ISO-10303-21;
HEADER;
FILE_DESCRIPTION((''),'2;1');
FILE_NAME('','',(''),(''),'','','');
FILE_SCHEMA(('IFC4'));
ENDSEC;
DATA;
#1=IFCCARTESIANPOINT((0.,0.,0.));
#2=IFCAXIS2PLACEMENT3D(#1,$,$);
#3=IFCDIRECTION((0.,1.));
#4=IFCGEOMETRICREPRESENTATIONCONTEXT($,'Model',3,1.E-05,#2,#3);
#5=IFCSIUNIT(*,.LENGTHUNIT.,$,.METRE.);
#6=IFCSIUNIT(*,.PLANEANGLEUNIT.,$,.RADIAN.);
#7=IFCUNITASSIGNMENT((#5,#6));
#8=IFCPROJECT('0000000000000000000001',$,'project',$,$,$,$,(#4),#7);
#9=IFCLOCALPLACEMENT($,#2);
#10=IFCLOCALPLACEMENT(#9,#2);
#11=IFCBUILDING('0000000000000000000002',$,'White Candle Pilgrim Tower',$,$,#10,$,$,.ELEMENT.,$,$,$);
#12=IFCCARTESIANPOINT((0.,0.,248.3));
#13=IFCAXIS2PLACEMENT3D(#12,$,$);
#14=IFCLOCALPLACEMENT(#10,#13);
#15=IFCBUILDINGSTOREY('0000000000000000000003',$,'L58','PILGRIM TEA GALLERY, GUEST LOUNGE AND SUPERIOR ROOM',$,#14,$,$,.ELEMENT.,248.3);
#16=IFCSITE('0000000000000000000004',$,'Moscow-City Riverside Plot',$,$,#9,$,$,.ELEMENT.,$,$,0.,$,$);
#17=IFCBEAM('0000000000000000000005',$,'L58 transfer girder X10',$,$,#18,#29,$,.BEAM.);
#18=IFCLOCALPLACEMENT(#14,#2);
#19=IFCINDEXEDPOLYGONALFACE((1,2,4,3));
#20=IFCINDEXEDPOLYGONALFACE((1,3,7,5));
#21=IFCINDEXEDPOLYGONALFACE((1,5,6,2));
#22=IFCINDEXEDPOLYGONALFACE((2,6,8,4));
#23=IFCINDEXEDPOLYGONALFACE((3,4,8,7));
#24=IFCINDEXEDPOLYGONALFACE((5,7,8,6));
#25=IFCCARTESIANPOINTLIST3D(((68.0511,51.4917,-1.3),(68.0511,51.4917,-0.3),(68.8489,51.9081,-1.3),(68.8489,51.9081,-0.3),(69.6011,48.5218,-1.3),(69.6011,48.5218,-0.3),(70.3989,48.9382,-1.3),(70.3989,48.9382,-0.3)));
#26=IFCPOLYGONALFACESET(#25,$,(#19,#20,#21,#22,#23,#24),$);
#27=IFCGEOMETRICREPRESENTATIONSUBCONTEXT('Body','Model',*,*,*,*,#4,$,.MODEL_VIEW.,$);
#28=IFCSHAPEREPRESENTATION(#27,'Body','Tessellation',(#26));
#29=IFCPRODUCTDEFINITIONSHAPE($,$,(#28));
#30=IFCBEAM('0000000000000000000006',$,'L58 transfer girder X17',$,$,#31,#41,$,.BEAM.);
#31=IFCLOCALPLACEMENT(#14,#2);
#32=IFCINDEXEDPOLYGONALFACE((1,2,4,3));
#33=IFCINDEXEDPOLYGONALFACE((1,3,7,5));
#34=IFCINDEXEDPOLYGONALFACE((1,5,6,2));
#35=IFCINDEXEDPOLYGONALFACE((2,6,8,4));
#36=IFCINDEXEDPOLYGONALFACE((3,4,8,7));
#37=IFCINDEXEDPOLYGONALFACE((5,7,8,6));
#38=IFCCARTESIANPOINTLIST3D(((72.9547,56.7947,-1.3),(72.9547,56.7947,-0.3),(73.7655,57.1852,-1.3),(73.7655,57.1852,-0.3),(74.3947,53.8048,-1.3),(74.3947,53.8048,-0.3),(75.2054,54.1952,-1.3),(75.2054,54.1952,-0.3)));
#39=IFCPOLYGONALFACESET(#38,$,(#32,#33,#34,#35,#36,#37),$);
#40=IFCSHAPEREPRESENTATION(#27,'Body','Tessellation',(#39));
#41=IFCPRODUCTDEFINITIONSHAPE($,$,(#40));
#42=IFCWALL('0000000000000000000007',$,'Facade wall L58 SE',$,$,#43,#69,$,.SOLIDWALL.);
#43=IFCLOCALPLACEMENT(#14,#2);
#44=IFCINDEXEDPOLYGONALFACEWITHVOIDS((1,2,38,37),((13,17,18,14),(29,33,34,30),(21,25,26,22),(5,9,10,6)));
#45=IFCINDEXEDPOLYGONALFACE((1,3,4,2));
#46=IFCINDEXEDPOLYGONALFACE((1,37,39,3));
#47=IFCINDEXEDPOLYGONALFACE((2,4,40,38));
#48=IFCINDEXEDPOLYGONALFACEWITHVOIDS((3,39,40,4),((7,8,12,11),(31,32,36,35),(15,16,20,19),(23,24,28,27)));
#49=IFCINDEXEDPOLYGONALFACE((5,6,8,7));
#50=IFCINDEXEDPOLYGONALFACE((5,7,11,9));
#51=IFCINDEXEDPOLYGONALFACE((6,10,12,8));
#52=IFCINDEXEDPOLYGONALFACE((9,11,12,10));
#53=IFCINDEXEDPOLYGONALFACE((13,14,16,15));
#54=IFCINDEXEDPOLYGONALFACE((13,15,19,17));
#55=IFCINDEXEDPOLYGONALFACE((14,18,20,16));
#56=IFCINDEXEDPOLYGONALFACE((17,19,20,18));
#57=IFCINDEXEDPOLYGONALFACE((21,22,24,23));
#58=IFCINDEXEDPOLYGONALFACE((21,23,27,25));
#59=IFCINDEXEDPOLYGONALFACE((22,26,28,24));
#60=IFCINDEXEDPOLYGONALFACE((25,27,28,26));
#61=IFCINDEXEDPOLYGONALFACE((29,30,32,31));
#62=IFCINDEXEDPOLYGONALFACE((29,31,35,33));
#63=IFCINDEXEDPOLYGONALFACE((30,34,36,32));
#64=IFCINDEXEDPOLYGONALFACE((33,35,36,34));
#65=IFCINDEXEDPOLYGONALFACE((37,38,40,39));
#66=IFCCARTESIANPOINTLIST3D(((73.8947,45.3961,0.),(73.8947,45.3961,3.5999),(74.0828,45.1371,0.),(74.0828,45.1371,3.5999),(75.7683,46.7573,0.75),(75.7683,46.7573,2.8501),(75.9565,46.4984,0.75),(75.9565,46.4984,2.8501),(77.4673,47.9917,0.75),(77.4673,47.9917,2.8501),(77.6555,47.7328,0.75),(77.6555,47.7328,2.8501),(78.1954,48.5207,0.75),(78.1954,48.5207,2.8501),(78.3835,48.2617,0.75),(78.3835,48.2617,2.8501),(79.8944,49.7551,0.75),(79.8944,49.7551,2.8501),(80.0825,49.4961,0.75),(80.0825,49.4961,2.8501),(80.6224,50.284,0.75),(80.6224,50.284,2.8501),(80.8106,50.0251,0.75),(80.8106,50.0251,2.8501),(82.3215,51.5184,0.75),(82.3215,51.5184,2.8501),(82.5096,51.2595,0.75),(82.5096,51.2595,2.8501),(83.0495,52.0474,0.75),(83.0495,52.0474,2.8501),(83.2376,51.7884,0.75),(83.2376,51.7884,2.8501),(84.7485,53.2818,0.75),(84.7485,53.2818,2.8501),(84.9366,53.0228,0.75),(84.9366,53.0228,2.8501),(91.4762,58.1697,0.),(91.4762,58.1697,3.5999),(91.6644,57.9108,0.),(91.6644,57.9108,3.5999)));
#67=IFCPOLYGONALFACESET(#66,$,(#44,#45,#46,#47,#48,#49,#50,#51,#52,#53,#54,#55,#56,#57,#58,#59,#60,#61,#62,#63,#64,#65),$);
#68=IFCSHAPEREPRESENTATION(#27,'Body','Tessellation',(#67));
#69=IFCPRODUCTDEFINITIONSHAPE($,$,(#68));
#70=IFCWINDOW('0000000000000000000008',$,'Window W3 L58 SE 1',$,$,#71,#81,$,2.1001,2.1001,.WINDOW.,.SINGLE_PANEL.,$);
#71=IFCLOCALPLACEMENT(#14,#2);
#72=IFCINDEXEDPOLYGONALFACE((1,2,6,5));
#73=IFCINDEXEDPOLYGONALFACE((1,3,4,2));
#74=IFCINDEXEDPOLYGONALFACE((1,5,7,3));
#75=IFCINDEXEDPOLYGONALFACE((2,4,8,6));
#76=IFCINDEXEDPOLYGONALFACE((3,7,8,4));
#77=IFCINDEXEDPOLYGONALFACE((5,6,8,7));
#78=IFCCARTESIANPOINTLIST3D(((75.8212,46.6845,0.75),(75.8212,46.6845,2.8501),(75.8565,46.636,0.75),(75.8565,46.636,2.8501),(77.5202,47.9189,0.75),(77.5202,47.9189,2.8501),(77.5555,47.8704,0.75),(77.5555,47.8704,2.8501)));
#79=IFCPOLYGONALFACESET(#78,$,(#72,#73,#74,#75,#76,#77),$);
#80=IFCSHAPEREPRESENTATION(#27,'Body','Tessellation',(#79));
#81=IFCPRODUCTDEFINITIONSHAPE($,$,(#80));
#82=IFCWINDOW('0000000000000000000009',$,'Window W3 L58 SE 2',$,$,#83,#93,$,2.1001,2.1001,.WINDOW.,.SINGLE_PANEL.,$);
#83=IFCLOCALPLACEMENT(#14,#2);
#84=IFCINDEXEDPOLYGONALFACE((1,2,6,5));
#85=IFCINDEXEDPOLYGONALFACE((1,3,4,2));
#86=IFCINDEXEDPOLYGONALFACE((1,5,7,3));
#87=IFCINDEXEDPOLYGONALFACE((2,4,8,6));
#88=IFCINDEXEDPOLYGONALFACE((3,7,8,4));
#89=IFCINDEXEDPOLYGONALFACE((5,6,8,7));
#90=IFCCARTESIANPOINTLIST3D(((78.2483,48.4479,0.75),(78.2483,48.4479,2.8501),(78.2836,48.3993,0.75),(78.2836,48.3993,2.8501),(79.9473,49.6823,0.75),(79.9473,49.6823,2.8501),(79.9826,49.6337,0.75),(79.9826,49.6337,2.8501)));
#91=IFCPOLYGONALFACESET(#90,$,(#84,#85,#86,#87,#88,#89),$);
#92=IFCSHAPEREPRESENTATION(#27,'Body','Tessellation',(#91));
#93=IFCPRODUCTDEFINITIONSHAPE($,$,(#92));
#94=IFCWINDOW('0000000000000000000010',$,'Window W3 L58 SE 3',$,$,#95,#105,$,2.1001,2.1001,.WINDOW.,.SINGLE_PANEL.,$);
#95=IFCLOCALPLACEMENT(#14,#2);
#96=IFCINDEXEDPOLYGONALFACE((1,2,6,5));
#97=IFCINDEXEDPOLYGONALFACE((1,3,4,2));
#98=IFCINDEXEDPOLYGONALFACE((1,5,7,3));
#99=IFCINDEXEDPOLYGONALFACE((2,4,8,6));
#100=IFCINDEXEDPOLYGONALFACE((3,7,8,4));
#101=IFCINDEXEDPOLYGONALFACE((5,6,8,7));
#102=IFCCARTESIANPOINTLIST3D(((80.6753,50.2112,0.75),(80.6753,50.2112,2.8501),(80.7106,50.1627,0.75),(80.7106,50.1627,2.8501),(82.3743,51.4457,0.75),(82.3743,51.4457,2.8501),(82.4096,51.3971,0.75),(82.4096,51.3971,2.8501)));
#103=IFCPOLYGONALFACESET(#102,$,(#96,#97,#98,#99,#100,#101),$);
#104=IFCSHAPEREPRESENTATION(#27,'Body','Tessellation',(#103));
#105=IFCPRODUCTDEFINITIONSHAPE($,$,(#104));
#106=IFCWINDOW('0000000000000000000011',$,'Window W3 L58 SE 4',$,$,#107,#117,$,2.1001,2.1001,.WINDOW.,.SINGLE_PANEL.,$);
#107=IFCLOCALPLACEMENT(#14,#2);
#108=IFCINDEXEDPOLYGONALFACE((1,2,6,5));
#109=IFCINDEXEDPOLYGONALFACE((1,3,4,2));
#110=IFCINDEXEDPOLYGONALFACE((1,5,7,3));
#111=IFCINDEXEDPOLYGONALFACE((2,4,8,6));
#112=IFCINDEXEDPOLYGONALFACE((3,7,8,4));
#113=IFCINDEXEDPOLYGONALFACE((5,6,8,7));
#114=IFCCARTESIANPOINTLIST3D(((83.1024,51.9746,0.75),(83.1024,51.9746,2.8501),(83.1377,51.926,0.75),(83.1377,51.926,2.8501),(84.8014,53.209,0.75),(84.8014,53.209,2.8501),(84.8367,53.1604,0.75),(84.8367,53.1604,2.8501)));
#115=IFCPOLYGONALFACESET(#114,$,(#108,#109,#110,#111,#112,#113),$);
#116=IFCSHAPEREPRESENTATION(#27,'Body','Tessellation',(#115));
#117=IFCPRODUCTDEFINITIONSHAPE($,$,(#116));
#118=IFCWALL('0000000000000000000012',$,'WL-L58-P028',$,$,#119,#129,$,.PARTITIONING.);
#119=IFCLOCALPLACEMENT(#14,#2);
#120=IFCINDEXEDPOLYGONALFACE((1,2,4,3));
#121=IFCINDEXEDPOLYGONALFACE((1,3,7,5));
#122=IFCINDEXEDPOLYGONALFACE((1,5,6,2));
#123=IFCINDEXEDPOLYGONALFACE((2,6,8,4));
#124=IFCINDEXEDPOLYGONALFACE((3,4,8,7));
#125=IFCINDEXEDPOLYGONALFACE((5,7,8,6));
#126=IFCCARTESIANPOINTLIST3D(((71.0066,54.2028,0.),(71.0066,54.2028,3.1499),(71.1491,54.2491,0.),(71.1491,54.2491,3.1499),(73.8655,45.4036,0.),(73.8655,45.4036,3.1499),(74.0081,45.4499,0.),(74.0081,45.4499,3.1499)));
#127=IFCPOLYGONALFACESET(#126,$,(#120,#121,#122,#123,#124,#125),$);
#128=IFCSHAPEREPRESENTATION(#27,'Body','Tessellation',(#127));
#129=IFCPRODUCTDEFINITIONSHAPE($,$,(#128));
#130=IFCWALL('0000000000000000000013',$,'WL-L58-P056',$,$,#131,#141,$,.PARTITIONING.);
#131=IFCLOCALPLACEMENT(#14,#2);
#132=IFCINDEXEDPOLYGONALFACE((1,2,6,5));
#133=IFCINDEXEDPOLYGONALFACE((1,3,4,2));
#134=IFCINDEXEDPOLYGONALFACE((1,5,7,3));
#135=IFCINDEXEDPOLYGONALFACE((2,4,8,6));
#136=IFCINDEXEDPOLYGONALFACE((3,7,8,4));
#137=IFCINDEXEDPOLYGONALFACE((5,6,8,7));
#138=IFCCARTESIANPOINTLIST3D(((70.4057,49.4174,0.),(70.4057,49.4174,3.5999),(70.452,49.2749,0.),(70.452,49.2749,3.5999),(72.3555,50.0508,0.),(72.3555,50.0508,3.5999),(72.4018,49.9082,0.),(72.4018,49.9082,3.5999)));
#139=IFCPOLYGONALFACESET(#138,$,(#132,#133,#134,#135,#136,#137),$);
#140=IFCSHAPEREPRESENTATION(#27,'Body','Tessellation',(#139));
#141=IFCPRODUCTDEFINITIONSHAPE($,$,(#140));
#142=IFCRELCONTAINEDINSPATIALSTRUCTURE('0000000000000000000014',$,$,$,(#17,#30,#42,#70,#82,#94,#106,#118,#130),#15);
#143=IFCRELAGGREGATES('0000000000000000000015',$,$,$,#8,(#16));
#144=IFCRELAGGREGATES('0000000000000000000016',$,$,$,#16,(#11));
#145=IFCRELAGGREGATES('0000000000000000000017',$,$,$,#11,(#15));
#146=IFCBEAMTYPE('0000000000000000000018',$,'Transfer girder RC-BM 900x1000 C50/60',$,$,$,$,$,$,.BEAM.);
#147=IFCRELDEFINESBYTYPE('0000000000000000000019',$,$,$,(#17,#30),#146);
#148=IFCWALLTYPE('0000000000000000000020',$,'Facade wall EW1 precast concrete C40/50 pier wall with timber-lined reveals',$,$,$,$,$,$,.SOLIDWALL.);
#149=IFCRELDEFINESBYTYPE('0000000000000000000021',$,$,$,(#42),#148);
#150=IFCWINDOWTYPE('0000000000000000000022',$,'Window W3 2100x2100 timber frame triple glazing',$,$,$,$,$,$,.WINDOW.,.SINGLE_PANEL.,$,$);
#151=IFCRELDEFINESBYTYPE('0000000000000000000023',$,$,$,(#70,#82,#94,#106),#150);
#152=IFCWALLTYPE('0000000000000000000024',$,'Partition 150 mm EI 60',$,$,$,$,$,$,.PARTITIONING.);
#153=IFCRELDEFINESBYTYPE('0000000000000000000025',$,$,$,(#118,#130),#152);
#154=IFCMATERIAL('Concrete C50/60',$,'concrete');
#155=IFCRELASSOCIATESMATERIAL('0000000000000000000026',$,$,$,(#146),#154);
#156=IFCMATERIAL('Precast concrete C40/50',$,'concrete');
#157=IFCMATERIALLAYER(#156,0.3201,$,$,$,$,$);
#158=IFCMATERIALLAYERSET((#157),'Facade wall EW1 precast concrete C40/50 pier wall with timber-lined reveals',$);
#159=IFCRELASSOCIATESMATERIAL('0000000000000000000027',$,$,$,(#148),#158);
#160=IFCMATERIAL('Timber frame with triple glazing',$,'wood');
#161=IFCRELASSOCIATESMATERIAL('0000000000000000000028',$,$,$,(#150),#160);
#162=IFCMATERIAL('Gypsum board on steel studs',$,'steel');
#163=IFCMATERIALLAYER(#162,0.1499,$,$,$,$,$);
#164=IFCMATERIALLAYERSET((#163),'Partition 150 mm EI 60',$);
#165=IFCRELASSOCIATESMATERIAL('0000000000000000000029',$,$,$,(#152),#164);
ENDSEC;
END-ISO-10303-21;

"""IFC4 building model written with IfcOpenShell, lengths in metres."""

from ifc_helpers import new_model, si_unit, direction, frame, frame_2d, origin, origin_2d, place, context, subcontext, project, spatial, rectangle, extrude, material, layer, layer_set, material_profile, profile_set, type_object, element, fill, save


model = new_model("IFC4")

# Units and contexts
model_context = context("Model", 3, precision=1e-05, world=origin(), true_north=direction((0.0, 1.0)))
body_context = subcontext(model_context, "Body", "Model", "MODEL_VIEW")
ifc_project = project(units=[si_unit("LENGTHUNIT", "METRE"), si_unit("PLANEANGLEUNIT", "RADIAN")], contexts=[model_context])

# Site, building, storey
site_placement = place(None, origin())
site = spatial("IfcSite", under=ifc_project, at=site_placement, Name="Moscow-City Riverside Plot", CompositionType="ELEMENT", RefElevation=0.0)
building_placement = place(site_placement, origin())
building = spatial("IfcBuilding", under=site, at=building_placement, Name="White Candle Pilgrim Tower", CompositionType="ELEMENT")
storey_placement = place(building_placement, frame((0.0, 0.0, 248.3)))
storey = spatial("IfcBuildingStorey", under=building, at=storey_placement, Name="L58", Description="PILGRIM TEA GALLERY, GUEST LOUNGE AND SUPERIOR ROOM", CompositionType="ELEMENT", Elevation=248.3)

# Beams
ifc_material_1 = material(Name="Concrete C50/60", Category="concrete")
ifc_material_profile_1 = material_profile(ifc_material_1, rectangle(XDim=0.8999, YDim=1.0, at=origin_2d()), Name="RC-BM 900x1000")
ifc_profile_set_1 = profile_set([ifc_material_profile_1], Name="Concrete C50/60")
beam_type_1 = type_object("IfcBeamType", Name="Transfer girder RC-BM 900x1000 C50/60", PredefinedType="BEAM", material=ifc_profile_set_1)
beam_1_placement = place(storey_placement, frame((70.0, 48.73, -0.8), z_axis=(-0.462683, 0.886524, 0.0), x_axis=(-0.886524, -0.462683, 0.0)))
element("IfcBeam", 1, at=beam_1_placement, inside=storey, type_object=beam_type_1, Name="L58 transfer girder X10", PredefinedType="BEAM", context=body_context, shape_type="SweptSolid", body=[
    extrude(rectangle(XDim=0.8999, YDim=1.0, at=origin_2d()), origin(), (0.0, 0.0, 1.0), 3.3501),
])
beam_2_placement = place(storey_placement, frame((74.8, 54.0, -0.8), z_axis=(-0.433893, 0.900964, 0.0), x_axis=(-0.900964, -0.433893, 0.0)))
element("IfcBeam", 2, at=beam_2_placement, inside=storey, type_object=beam_type_1, Name="L58 transfer girder X17", PredefinedType="BEAM", context=body_context, shape_type="SweptSolid", body=[
    extrude(rectangle(XDim=0.8999, YDim=1.0, at=origin_2d()), origin(), (0.0, 0.0, 1.0), 3.3186),
])

# Wall, openings, windows
ifc_material_2 = material(Name="Precast concrete C40/50", Category="concrete")
ifc_layer_1 = layer(ifc_material_2, 0.3201)
ifc_layer_set_1 = layer_set([ifc_layer_1], Name="Facade wall EW1 precast concrete C40/50 pier wall with timber-lined reveals")
wall_type_1 = type_object("IfcWallType", Name="Facade wall EW1 precast concrete C40/50 pier wall with timber-lined reveals", PredefinedType="SOLIDWALL", material=ifc_layer_set_1)
wall_1_placement = place(storey_placement, frame((73.9888, 45.2666, 0.0), z_axis=(0.0, 0.0, 1.0), x_axis=(0.809018, 0.587784, 0.0)))
wall_1 = element("IfcWall", 3, at=wall_1_placement, inside=storey, type_object=wall_type_1, Name="Facade wall L58 SE", PredefinedType="SOLIDWALL", context=body_context, shape_type="SweptSolid", body=[
    extrude(rectangle(XDim=21.7319, YDim=0.3201, at=frame_2d((10.866, 0.0))), origin(), (0.0, 0.0, 1.0), 3.5999),
])
opening_1_placement = place(wall_1_placement, frame((2.3159, 0.0, 0.75)))
opening_1 = element("IfcOpeningElement", 4, at=opening_1_placement, cuts=wall_1, PredefinedType="OPENING", context=body_context, shape_type="SweptSolid", body=[
    extrude(rectangle(XDim=2.1001, YDim=2.1001, at=frame_2d((1.05, 1.05))), frame((0.0, 0.1699, 0.0), z_axis=(0.0, -1.0, 0.0), x_axis=(1.0, 0.0, 0.0)), (0.0, 0.0, 1.0), 0.3401),
])
opening_2_placement = place(wall_1_placement, frame((5.3159, 0.0, 0.75)))
opening_2 = element("IfcOpeningElement", 5, at=opening_2_placement, cuts=wall_1, PredefinedType="OPENING", context=body_context, shape_type="SweptSolid", body=[
    extrude(rectangle(XDim=2.1001, YDim=2.1001, at=frame_2d((1.05, 1.05))), frame((0.0, 0.1699, 0.0), z_axis=(0.0, -1.0, 0.0), x_axis=(1.0, 0.0, 0.0)), (0.0, 0.0, 1.0), 0.3401),
])
opening_3_placement = place(wall_1_placement, frame((8.3159, 0.0, 0.75)))
opening_3 = element("IfcOpeningElement", 6, at=opening_3_placement, cuts=wall_1, PredefinedType="OPENING", context=body_context, shape_type="SweptSolid", body=[
    extrude(rectangle(XDim=2.1001, YDim=2.1001, at=frame_2d((1.05, 1.05))), frame((0.0, 0.1699, 0.0), z_axis=(0.0, -1.0, 0.0), x_axis=(1.0, 0.0, 0.0)), (0.0, 0.0, 1.0), 0.3401),
])
opening_4_placement = place(wall_1_placement, frame((11.3159, 0.0, 0.75)))
opening_4 = element("IfcOpeningElement", 7, at=opening_4_placement, cuts=wall_1, PredefinedType="OPENING", context=body_context, shape_type="SweptSolid", body=[
    extrude(rectangle(XDim=2.1001, YDim=2.1001, at=frame_2d((1.05, 1.05))), frame((0.0, 0.1699, 0.0), z_axis=(0.0, -1.0, 0.0), x_axis=(1.0, 0.0, 0.0)), (0.0, 0.0, 1.0), 0.3401),
])
ifc_material_3 = material(Name="Timber frame with triple glazing", Category="wood")
window_type = type_object("IfcWindowType", Name="Window W3 2100x2100 timber frame triple glazing", PartitioningType="SINGLE_PANEL", PredefinedType="WINDOW", material=ifc_material_3)
window_1_placement = place(opening_1_placement, origin())
window_1 = element("IfcWindow", 8, at=window_1_placement, inside=storey, type_object=window_type, Name="Window W3 L58 SE 1", OverallHeight=2.1001, OverallWidth=2.1001, PartitioningType="SINGLE_PANEL", PredefinedType="WINDOW", context=body_context, shape_type="SweptSolid", body=[
    extrude(rectangle(XDim=2.1001, YDim=2.1001, at=frame_2d((1.05, 1.05))), frame((0.0, 0.0701, 0.0), z_axis=(0.0, -1.0, 0.0), x_axis=(1.0, 0.0, 0.0)), (0.0, 0.0, 1.0), 0.0601),
])
fill(opening_1, window_1)
window_2_placement = place(opening_2_placement, origin())
window_2 = element("IfcWindow", 9, at=window_2_placement, inside=storey, type_object=window_type, Name="Window W3 L58 SE 2", OverallHeight=2.1001, OverallWidth=2.1001, PartitioningType="SINGLE_PANEL", PredefinedType="WINDOW", context=body_context, shape_type="SweptSolid", body=[
    extrude(rectangle(XDim=2.1001, YDim=2.1001, at=frame_2d((1.05, 1.05))), frame((0.0, 0.0701, 0.0), z_axis=(0.0, -1.0, 0.0), x_axis=(1.0, 0.0, 0.0)), (0.0, 0.0, 1.0), 0.0601),
])
fill(opening_2, window_2)
window_3_placement = place(opening_3_placement, origin())
window_3 = element("IfcWindow", 10, at=window_3_placement, inside=storey, type_object=window_type, Name="Window W3 L58 SE 3", OverallHeight=2.1001, OverallWidth=2.1001, PartitioningType="SINGLE_PANEL", PredefinedType="WINDOW", context=body_context, shape_type="SweptSolid", body=[
    extrude(rectangle(XDim=2.1001, YDim=2.1001, at=frame_2d((1.05, 1.05))), frame((0.0, 0.0701, 0.0), z_axis=(0.0, -1.0, 0.0), x_axis=(1.0, 0.0, 0.0)), (0.0, 0.0, 1.0), 0.0601),
])
fill(opening_3, window_3)
window_4_placement = place(opening_4_placement, origin())
window_4 = element("IfcWindow", 11, at=window_4_placement, inside=storey, type_object=window_type, Name="Window W3 L58 SE 4", OverallHeight=2.1001, OverallWidth=2.1001, PartitioningType="SINGLE_PANEL", PredefinedType="WINDOW", context=body_context, shape_type="SweptSolid", body=[
    extrude(rectangle(XDim=2.1001, YDim=2.1001, at=frame_2d((1.05, 1.05))), frame((0.0, 0.0701, 0.0), z_axis=(0.0, -1.0, 0.0), x_axis=(1.0, 0.0, 0.0)), (0.0, 0.0, 1.0), 0.0601),
])
fill(opening_4, window_4)

# Walls
ifc_material_4 = material(Name="Gypsum board on steel studs", Category="steel")
ifc_layer_2 = layer(ifc_material_4, 0.1499)
ifc_layer_set_2 = layer_set([ifc_layer_2], Name="Partition 150 mm EI 60")
wall_type_2 = type_object("IfcWallType", Name="Partition 150 mm EI 60", PredefinedType="PARTITIONING", material=ifc_layer_set_2)
wall_2_placement = place(storey_placement, frame((73.9368, 45.4268, 0.0), z_axis=(0.0, 0.0, 1.0), x_axis=(-0.309007, 0.95106, 0.0)))
element("IfcWall", 12, at=wall_2_placement, inside=storey, type_object=wall_type_2, Name="WL-L58-P028", PredefinedType="PARTITIONING", context=body_context, shape_type="SweptSolid", body=[
    extrude(rectangle(XDim=9.252, YDim=0.1499, at=frame_2d((4.626, 0.0))), origin(), (0.0, 0.0, 1.0), 3.1499),
])
wall_3_placement = place(storey_placement, frame((70.429, 49.3462, 0.0), z_axis=(0.0, 0.0, 1.0), x_axis=(0.951085, 0.30893, 0.0)))
element("IfcWall", 13, at=wall_3_placement, inside=storey, type_object=wall_type_2, Name="WL-L58-P056", PredefinedType="PARTITIONING", context=body_context, shape_type="SweptSolid", body=[
    extrude(rectangle(XDim=2.05, YDim=0.1499, at=frame_2d((1.0249, 0.0))), origin(), (0.0, 0.0, 1.0), 3.5999),
])

save(model, "model.ifc")
